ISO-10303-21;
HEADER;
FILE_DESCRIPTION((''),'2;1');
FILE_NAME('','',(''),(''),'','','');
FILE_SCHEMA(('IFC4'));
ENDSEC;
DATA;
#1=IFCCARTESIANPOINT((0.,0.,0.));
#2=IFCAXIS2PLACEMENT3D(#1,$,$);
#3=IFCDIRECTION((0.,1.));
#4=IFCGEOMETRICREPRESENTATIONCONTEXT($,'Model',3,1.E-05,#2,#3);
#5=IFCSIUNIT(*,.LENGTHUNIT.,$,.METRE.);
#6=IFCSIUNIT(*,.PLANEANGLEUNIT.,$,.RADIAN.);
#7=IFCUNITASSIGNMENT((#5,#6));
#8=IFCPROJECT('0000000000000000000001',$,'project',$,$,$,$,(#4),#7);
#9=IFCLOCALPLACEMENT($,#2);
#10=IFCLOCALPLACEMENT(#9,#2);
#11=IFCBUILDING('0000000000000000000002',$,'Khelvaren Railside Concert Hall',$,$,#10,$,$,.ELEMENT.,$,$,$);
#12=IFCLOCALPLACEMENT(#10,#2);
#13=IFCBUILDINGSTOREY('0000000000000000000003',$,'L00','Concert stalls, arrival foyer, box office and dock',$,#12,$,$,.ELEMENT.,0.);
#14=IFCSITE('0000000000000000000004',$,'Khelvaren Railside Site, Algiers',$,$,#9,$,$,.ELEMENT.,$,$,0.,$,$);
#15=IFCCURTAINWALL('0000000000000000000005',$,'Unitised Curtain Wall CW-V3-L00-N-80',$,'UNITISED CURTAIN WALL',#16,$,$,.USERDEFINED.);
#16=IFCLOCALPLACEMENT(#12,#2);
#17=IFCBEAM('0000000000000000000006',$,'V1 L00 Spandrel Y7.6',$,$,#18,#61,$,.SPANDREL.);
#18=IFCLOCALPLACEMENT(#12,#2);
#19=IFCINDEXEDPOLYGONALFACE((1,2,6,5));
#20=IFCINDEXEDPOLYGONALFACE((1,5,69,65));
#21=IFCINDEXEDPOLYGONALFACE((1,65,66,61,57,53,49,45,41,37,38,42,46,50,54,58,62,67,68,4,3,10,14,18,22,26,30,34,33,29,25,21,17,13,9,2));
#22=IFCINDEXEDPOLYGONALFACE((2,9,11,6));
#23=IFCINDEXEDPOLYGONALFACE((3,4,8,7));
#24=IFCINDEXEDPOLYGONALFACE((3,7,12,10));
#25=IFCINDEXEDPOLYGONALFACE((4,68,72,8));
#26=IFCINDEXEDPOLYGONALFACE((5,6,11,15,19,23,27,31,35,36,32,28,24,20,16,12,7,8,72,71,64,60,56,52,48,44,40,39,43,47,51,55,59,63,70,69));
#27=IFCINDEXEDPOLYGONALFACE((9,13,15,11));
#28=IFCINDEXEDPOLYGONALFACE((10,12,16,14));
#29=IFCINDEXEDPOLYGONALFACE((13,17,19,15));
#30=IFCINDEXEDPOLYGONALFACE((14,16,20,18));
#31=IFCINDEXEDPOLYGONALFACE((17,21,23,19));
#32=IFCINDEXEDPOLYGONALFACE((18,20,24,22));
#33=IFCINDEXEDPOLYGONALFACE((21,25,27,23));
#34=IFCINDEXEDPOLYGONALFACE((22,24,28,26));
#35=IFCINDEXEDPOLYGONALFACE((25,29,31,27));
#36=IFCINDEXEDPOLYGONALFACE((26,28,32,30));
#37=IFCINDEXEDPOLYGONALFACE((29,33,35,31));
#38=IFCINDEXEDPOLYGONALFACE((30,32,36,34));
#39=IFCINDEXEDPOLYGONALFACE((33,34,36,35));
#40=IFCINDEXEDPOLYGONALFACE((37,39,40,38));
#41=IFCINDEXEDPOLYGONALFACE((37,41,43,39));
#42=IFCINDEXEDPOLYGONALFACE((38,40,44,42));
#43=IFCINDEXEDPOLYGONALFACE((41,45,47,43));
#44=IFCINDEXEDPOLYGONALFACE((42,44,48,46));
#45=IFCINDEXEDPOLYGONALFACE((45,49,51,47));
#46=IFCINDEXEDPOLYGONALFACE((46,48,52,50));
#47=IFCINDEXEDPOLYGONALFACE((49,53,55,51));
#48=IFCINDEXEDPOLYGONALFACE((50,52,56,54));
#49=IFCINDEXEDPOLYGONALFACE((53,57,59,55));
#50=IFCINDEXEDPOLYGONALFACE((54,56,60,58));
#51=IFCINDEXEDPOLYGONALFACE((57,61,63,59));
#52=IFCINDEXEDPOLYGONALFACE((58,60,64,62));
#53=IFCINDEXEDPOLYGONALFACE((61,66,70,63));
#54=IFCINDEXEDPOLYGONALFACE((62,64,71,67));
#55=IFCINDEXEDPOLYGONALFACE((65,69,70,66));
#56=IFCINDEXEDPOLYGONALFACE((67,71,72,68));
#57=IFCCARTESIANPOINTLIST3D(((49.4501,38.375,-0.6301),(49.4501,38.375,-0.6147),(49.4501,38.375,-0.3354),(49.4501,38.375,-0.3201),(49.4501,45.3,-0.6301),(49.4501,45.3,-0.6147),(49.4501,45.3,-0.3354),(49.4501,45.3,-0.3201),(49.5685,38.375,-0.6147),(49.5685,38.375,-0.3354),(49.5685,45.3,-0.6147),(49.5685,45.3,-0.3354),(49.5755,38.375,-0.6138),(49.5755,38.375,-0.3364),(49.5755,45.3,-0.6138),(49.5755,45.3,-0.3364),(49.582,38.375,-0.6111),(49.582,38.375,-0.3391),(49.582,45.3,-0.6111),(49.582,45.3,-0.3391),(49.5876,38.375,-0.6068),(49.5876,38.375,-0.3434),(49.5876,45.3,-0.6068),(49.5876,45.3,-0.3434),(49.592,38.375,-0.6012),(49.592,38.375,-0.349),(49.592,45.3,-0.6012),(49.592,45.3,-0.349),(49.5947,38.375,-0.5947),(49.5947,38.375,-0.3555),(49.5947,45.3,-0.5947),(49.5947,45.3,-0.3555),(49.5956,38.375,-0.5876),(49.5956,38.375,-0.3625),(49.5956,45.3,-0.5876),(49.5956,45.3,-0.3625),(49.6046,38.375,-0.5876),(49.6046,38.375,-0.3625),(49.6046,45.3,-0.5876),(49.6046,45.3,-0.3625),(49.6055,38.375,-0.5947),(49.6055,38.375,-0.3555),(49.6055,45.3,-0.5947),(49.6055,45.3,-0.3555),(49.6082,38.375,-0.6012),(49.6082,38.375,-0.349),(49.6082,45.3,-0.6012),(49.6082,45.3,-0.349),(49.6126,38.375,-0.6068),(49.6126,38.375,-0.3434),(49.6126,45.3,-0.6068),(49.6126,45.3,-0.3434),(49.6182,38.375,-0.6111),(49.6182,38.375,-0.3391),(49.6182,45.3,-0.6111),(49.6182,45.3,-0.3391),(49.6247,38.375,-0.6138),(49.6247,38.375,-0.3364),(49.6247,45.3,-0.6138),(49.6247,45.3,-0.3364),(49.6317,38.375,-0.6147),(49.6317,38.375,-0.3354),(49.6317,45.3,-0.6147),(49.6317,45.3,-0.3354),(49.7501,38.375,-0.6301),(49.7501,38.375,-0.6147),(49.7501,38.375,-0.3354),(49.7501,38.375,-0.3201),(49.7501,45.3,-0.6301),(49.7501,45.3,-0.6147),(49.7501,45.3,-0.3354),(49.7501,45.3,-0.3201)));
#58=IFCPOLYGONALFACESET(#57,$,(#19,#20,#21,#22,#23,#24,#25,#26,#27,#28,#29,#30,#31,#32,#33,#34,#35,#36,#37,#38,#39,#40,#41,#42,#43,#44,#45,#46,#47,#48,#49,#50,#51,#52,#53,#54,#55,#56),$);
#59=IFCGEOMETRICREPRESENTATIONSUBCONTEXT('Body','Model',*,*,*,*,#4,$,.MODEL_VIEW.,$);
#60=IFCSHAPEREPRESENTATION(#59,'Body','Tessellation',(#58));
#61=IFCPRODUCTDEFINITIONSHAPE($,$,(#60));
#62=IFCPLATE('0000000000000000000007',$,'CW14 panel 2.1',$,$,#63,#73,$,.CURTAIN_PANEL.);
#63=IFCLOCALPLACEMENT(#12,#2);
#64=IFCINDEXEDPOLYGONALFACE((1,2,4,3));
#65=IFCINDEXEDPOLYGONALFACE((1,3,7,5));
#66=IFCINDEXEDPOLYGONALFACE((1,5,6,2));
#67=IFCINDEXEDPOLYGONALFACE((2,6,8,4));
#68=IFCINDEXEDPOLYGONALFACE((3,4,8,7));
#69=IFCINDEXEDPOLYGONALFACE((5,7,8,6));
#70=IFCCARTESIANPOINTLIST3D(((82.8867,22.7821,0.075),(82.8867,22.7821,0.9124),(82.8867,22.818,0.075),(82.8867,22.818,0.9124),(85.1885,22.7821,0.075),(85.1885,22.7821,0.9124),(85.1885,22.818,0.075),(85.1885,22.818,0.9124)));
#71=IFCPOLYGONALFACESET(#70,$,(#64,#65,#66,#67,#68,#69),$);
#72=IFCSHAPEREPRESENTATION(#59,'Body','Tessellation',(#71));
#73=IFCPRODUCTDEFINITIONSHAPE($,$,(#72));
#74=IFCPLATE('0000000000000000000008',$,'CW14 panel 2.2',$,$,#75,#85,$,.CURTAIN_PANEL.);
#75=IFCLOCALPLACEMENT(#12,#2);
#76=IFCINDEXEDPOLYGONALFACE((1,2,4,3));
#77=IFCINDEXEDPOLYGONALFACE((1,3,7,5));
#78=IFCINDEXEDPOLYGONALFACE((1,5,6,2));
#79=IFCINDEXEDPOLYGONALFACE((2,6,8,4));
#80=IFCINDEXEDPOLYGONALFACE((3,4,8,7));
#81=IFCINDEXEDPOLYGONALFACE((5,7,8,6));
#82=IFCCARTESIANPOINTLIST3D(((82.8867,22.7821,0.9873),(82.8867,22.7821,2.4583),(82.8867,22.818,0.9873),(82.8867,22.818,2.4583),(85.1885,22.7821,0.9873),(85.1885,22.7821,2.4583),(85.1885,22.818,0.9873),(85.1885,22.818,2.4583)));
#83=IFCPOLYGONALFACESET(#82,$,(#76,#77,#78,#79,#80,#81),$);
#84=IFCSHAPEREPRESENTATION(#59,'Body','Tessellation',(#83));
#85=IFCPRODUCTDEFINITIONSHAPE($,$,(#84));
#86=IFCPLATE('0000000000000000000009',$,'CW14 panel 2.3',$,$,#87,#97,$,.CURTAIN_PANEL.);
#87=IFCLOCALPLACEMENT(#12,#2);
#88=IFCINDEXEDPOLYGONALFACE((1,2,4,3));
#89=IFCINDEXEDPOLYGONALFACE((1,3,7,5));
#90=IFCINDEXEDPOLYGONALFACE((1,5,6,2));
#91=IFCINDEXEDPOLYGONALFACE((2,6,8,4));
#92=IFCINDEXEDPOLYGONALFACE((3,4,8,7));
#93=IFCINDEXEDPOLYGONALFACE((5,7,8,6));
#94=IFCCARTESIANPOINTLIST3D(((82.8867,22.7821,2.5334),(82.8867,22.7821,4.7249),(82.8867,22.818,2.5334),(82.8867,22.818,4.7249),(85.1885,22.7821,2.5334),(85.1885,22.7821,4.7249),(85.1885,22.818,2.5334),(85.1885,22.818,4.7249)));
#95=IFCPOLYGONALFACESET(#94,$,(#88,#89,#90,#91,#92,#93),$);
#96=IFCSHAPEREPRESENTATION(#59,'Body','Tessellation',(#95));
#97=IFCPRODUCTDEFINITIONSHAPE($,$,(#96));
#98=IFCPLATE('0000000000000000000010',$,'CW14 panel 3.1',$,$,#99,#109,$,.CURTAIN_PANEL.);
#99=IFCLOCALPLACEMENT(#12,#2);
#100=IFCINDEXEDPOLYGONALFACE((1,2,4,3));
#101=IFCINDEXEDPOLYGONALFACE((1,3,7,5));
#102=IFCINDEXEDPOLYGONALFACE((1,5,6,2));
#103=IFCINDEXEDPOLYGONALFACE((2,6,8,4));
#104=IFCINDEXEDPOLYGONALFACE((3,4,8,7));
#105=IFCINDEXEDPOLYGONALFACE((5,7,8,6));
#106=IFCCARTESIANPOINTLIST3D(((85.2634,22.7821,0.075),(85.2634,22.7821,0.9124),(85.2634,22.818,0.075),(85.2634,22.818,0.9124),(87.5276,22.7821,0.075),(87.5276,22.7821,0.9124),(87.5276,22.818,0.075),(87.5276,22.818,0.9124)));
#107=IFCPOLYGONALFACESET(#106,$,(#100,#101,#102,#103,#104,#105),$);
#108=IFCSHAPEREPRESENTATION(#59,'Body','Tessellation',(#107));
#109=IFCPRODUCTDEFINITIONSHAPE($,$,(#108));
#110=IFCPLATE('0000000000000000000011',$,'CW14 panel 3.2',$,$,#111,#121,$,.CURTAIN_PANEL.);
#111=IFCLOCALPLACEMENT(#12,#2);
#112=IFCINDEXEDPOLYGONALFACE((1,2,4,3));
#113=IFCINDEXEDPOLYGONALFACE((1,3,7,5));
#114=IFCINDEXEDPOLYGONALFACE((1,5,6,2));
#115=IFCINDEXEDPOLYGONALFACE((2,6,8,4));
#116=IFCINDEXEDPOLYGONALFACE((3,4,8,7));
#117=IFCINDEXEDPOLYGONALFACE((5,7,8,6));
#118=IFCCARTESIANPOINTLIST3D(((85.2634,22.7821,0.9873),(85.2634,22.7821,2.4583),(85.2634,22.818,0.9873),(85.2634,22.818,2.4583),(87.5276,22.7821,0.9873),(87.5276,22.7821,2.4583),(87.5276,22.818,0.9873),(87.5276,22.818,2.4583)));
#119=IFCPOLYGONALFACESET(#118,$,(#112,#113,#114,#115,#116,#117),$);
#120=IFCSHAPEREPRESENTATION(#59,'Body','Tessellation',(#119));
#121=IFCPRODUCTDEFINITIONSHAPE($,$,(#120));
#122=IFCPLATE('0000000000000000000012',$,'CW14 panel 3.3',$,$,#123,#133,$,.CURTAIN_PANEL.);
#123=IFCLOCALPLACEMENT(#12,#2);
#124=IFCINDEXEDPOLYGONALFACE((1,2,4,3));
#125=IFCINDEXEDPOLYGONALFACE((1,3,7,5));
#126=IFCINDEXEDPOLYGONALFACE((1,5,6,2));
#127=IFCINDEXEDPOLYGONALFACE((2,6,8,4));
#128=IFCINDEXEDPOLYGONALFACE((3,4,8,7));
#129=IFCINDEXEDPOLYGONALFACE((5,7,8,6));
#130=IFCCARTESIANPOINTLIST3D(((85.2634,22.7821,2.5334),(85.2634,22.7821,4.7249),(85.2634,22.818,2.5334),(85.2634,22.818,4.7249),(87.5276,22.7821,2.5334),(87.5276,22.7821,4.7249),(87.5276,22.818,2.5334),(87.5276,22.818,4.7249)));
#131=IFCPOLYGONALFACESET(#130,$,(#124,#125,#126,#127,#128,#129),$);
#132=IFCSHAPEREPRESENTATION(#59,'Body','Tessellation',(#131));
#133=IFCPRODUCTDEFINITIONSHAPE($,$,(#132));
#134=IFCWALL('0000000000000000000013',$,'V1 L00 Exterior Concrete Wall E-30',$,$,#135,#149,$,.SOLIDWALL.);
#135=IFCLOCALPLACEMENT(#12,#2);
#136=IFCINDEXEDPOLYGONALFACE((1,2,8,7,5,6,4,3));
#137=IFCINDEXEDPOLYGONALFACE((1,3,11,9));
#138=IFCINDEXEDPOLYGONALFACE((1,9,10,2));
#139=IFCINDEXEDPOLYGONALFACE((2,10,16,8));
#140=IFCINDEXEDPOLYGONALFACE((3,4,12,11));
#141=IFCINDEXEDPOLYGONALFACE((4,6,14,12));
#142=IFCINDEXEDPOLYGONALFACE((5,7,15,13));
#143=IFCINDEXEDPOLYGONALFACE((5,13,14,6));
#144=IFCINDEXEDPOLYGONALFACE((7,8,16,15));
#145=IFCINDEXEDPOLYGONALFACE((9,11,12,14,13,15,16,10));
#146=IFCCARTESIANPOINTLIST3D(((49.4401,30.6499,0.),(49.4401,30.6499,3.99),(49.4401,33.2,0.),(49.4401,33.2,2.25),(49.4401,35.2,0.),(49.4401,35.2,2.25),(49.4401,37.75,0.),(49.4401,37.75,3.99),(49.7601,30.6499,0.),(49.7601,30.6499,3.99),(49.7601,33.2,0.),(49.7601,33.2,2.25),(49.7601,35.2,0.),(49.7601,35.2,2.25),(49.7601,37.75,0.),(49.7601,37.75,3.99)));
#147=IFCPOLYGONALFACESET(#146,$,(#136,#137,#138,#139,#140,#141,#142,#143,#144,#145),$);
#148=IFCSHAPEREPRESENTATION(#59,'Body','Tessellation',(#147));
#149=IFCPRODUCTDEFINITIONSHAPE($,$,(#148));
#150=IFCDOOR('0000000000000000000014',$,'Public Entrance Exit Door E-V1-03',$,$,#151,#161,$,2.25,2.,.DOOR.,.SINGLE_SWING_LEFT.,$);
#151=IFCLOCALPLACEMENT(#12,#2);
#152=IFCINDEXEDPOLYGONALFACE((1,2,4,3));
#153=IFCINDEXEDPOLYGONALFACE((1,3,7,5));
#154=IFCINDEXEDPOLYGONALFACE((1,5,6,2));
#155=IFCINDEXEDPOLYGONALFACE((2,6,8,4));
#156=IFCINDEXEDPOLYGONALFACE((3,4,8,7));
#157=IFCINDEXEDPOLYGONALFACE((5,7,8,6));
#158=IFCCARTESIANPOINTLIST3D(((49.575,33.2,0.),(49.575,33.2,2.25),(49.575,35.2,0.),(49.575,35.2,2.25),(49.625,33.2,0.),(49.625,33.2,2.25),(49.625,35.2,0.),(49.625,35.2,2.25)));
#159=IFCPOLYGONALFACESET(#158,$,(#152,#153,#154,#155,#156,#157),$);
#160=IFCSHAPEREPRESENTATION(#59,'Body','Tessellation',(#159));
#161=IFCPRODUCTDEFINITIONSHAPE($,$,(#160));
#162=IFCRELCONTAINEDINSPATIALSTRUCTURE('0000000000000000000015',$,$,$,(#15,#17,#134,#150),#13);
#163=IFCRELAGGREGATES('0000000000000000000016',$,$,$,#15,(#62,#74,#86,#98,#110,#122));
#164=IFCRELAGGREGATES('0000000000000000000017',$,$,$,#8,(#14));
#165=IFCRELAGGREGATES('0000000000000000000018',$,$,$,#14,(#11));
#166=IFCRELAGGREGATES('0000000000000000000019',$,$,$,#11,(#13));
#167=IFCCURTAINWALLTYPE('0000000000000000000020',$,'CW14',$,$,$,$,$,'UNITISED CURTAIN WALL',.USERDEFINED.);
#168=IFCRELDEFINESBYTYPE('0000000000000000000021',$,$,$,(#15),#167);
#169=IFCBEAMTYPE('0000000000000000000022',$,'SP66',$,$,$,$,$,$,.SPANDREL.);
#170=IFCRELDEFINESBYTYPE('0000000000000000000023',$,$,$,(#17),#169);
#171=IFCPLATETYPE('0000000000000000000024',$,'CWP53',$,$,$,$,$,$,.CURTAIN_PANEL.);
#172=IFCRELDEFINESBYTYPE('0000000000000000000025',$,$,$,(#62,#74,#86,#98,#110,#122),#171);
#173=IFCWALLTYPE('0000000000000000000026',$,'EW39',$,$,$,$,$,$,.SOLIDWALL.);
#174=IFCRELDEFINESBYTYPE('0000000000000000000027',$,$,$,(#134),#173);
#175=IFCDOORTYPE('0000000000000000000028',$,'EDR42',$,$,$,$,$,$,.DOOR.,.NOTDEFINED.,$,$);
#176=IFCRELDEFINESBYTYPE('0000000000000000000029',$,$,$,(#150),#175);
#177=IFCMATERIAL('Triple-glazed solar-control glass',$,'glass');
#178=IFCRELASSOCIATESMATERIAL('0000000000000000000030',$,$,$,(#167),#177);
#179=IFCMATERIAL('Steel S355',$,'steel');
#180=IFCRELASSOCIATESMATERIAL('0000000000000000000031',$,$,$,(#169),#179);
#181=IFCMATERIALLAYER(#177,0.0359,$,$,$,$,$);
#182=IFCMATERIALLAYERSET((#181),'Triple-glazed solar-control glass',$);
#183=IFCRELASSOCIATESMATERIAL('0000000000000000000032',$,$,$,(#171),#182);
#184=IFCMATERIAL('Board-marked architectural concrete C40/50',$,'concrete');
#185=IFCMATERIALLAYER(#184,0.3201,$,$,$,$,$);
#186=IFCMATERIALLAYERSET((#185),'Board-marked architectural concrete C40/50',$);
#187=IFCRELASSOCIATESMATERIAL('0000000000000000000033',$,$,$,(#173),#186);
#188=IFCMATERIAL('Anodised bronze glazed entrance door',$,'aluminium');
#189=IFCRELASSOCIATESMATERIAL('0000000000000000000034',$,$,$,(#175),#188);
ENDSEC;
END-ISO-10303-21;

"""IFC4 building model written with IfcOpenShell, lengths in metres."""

from ifc_helpers import new_model, si_unit, direction, frame, frame_2d, origin, origin_2d, place, context, subcontext, project, spatial, rectangle, i_section, extrude, material, layer, layer_set, material_profile, profile_set, type_object, element, fill, aggregate, save


model = new_model("IFC4")

# Units and contexts
model_context = context("Model", 3, precision=1e-05, world=origin(), true_north=direction((0.0, 1.0)))
body_context = subcontext(model_context, "Body", "Model", "MODEL_VIEW")
ifc_project = project(units=[si_unit("LENGTHUNIT", "METRE"), si_unit("PLANEANGLEUNIT", "RADIAN")], contexts=[model_context])

# Site, building, storey
site_placement = place(None, origin())
site = spatial("IfcSite", under=ifc_project, at=site_placement, Name="Khelvaren Railside Site, Algiers", CompositionType="ELEMENT", RefElevation=0.0)
building_placement = place(site_placement, origin())
building = spatial("IfcBuilding", under=site, at=building_placement, Name="Khelvaren Railside Concert Hall", CompositionType="ELEMENT")
storey_placement = place(building_placement, origin())
storey = spatial("IfcBuildingStorey", under=building, at=storey_placement, Name="L00", Description="Concert stalls, arrival foyer, box office and dock", CompositionType="ELEMENT", Elevation=0.0)

# Shared definitions
ifc_material_1 = material(Name="Steel S355", Category="steel")

# Curtain wall
ifc_material_2 = material(Name="Triple-glazed solar-control glass", Category="glass")
curtain_wall_type = type_object("IfcCurtainWallType", Name="CW14", ElementType="UNITISED CURTAIN WALL", PredefinedType="USERDEFINED", material=ifc_material_2)
curtain_wall_placement = place(storey_placement, origin())
curtain_wall = element("IfcCurtainWall", 1, at=curtain_wall_placement, inside=storey, type_object=curtain_wall_type, Name="Unitised Curtain Wall CW-V3-L00-N-80", ObjectType="UNITISED CURTAIN WALL", PredefinedType="USERDEFINED")

# Beam
ifc_material_profile_1 = material_profile(ifc_material_1, i_section(OverallWidth=0.3, OverallDepth=0.3101, WebThickness=0.009, FlangeThickness=0.0154, FilletRadius=0.0271, at=origin_2d()), Name="HEA 320")
ifc_profile_set_1 = profile_set([ifc_material_profile_1], Name="Steel S355")
beam_type_1 = type_object("IfcBeamType", Name="SP66", PredefinedType="SPANDREL", material=ifc_profile_set_1)
beam_1_placement = place(storey_placement, frame((49.6001, 38.375, -0.4751), z_axis=(0.0, 1.0, 0.0), x_axis=(-1.0, 0.0, 0.0)))
element("IfcBeam", 2, at=beam_1_placement, inside=storey, type_object=beam_type_1, Name="V1 L00 Spandrel Y7.6", PredefinedType="SPANDREL", context=body_context, shape_type="SweptSolid", body=[
    extrude(i_section(OverallWidth=0.3, OverallDepth=0.3101, WebThickness=0.009, FlangeThickness=0.0154, FilletRadius=0.0271, at=origin_2d()), origin(), (0.0, 0.0, 1.0), 6.925),
])

# Plates
ifc_layer_1 = layer(ifc_material_2, 0.0359)
ifc_layer_set_1 = layer_set([ifc_layer_1], Name="Triple-glazed solar-control glass")
plate_type = type_object("IfcPlateType", Name="CWP53", PredefinedType="CURTAIN_PANEL", material=ifc_layer_set_1)
plate_1_placement = place(storey_placement, frame((84.0376, 22.8, 0.075), z_axis=(0.0, 0.0, 1.0), x_axis=(1.0, 0.0, 0.0)))
plate_1 = element("IfcPlate", 3, at=plate_1_placement, type_object=plate_type, Name="CW14 panel 2.1", PredefinedType="CURTAIN_PANEL", context=body_context, shape_type="SweptSolid", body=[
    extrude(rectangle(XDim=2.3018, YDim=0.0359, at=origin_2d()), origin(), (0.0, 0.0, 1.0), 0.8374),
])
plate_2_placement = place(storey_placement, frame((84.0376, 22.8, 0.9873), z_axis=(0.0, 0.0, 1.0), x_axis=(1.0, 0.0, 0.0)))
plate_2 = element("IfcPlate", 4, at=plate_2_placement, type_object=plate_type, Name="CW14 panel 2.2", PredefinedType="CURTAIN_PANEL", context=body_context, shape_type="SweptSolid", body=[
    extrude(rectangle(XDim=2.3018, YDim=0.0359, at=origin_2d()), origin(), (0.0, 0.0, 1.0), 1.4709),
])
plate_3_placement = place(storey_placement, frame((84.0376, 22.8, 2.5334), z_axis=(0.0, 0.0, 1.0), x_axis=(1.0, 0.0, 0.0)))
plate_3 = element("IfcPlate", 5, at=plate_3_placement, type_object=plate_type, Name="CW14 panel 2.3", PredefinedType="CURTAIN_PANEL", context=body_context, shape_type="SweptSolid", body=[
    extrude(rectangle(XDim=2.3018, YDim=0.0359, at=origin_2d()), origin(), (0.0, 0.0, 1.0), 2.1914),
])
plate_4_placement = place(storey_placement, frame((86.3955, 22.8, 0.075), z_axis=(0.0, 0.0, 1.0), x_axis=(1.0, 0.0, 0.0)))
plate_4 = element("IfcPlate", 6, at=plate_4_placement, type_object=plate_type, Name="CW14 panel 3.1", PredefinedType="CURTAIN_PANEL", context=body_context, shape_type="SweptSolid", body=[
    extrude(rectangle(XDim=2.2642, YDim=0.0359, at=origin_2d()), origin(), (0.0, 0.0, 1.0), 0.8374),
])
plate_5_placement = place(storey_placement, frame((86.3955, 22.8, 0.9873), z_axis=(0.0, 0.0, 1.0), x_axis=(1.0, 0.0, 0.0)))
plate_5 = element("IfcPlate", 7, at=plate_5_placement, type_object=plate_type, Name="CW14 panel 3.2", PredefinedType="CURTAIN_PANEL", context=body_context, shape_type="SweptSolid", body=[
    extrude(rectangle(XDim=2.2642, YDim=0.0359, at=origin_2d()), origin(), (0.0, 0.0, 1.0), 1.4709),
])
plate_6_placement = place(storey_placement, frame((86.3955, 22.8, 2.5334), z_axis=(0.0, 0.0, 1.0), x_axis=(1.0, 0.0, 0.0)))
plate_6 = element("IfcPlate", 8, at=plate_6_placement, type_object=plate_type, Name="CW14 panel 3.3", PredefinedType="CURTAIN_PANEL", context=body_context, shape_type="SweptSolid", body=[
    extrude(rectangle(XDim=2.2642, YDim=0.0359, at=origin_2d()), origin(), (0.0, 0.0, 1.0), 2.1914),
])
aggregate(curtain_wall, [plate_1, plate_2, plate_3, plate_4, plate_5, plate_6])

# Wall, opening, door
ifc_material_3 = material(Name="Board-marked architectural concrete C40/50", Category="concrete")
ifc_layer_2 = layer(ifc_material_3, 0.3201)
ifc_layer_set_2 = layer_set([ifc_layer_2], Name="Board-marked architectural concrete C40/50")
wall_type = type_object("IfcWallType", Name="EW39", PredefinedType="SOLIDWALL", material=ifc_layer_set_2)
wall_1_placement = place(storey_placement, frame((49.6001, 37.75, 0.0), z_axis=(0.0, 0.0, 1.0), x_axis=(0.0, -1.0, 0.0)))
wall_1 = element("IfcWall", 9, at=wall_1_placement, inside=storey, type_object=wall_type, Name="V1 L00 Exterior Concrete Wall E-30", PredefinedType="SOLIDWALL", context=body_context, shape_type="SweptSolid", body=[
    extrude(rectangle(XDim=7.1001, YDim=0.3201, at=frame_2d((3.55, 0.0))), origin(), (0.0, 0.0, 1.0), 3.99),
])
opening_1_placement = place(wall_1_placement, frame((2.55, 0.0, 0.0)))
opening_1 = element("IfcOpeningElement", 10, at=opening_1_placement, cuts=wall_1, PredefinedType="OPENING", context=body_context, shape_type="SweptSolid", body=[
    extrude(rectangle(XDim=2.0, YDim=2.25, at=frame_2d((1.0, 1.125))), frame((0.0, 0.1699, 0.0), z_axis=(0.0, -1.0, 0.0), x_axis=(1.0, 0.0, 0.0)), (0.0, 0.0, 1.0), 0.3401),
])
ifc_material_4 = material(Name="Anodised bronze glazed entrance door", Category="aluminium")
door_type_1 = type_object("IfcDoorType", Name="EDR42", OperationType="NOTDEFINED", PredefinedType="DOOR", material=ifc_material_4)
door_1_placement = place(opening_1_placement, origin())
door_1 = element("IfcDoor", 11, at=door_1_placement, inside=storey, type_object=door_type_1, Name="Public Entrance Exit Door E-V1-03", OperationType="SINGLE_SWING_LEFT", OverallHeight=2.25, OverallWidth=2.0, PredefinedType="DOOR", context=body_context, shape_type="SweptSolid", body=[
    extrude(rectangle(XDim=2.0, YDim=2.25, at=frame_2d((1.0, 1.125))), frame((0.0, 0.0249, 0.0), z_axis=(0.0, -1.0, 0.0), x_axis=(1.0, 0.0, 0.0)), (0.0, 0.0, 1.0), 0.05),
])
fill(opening_1, door_1)

save(model, "model.ifc")
